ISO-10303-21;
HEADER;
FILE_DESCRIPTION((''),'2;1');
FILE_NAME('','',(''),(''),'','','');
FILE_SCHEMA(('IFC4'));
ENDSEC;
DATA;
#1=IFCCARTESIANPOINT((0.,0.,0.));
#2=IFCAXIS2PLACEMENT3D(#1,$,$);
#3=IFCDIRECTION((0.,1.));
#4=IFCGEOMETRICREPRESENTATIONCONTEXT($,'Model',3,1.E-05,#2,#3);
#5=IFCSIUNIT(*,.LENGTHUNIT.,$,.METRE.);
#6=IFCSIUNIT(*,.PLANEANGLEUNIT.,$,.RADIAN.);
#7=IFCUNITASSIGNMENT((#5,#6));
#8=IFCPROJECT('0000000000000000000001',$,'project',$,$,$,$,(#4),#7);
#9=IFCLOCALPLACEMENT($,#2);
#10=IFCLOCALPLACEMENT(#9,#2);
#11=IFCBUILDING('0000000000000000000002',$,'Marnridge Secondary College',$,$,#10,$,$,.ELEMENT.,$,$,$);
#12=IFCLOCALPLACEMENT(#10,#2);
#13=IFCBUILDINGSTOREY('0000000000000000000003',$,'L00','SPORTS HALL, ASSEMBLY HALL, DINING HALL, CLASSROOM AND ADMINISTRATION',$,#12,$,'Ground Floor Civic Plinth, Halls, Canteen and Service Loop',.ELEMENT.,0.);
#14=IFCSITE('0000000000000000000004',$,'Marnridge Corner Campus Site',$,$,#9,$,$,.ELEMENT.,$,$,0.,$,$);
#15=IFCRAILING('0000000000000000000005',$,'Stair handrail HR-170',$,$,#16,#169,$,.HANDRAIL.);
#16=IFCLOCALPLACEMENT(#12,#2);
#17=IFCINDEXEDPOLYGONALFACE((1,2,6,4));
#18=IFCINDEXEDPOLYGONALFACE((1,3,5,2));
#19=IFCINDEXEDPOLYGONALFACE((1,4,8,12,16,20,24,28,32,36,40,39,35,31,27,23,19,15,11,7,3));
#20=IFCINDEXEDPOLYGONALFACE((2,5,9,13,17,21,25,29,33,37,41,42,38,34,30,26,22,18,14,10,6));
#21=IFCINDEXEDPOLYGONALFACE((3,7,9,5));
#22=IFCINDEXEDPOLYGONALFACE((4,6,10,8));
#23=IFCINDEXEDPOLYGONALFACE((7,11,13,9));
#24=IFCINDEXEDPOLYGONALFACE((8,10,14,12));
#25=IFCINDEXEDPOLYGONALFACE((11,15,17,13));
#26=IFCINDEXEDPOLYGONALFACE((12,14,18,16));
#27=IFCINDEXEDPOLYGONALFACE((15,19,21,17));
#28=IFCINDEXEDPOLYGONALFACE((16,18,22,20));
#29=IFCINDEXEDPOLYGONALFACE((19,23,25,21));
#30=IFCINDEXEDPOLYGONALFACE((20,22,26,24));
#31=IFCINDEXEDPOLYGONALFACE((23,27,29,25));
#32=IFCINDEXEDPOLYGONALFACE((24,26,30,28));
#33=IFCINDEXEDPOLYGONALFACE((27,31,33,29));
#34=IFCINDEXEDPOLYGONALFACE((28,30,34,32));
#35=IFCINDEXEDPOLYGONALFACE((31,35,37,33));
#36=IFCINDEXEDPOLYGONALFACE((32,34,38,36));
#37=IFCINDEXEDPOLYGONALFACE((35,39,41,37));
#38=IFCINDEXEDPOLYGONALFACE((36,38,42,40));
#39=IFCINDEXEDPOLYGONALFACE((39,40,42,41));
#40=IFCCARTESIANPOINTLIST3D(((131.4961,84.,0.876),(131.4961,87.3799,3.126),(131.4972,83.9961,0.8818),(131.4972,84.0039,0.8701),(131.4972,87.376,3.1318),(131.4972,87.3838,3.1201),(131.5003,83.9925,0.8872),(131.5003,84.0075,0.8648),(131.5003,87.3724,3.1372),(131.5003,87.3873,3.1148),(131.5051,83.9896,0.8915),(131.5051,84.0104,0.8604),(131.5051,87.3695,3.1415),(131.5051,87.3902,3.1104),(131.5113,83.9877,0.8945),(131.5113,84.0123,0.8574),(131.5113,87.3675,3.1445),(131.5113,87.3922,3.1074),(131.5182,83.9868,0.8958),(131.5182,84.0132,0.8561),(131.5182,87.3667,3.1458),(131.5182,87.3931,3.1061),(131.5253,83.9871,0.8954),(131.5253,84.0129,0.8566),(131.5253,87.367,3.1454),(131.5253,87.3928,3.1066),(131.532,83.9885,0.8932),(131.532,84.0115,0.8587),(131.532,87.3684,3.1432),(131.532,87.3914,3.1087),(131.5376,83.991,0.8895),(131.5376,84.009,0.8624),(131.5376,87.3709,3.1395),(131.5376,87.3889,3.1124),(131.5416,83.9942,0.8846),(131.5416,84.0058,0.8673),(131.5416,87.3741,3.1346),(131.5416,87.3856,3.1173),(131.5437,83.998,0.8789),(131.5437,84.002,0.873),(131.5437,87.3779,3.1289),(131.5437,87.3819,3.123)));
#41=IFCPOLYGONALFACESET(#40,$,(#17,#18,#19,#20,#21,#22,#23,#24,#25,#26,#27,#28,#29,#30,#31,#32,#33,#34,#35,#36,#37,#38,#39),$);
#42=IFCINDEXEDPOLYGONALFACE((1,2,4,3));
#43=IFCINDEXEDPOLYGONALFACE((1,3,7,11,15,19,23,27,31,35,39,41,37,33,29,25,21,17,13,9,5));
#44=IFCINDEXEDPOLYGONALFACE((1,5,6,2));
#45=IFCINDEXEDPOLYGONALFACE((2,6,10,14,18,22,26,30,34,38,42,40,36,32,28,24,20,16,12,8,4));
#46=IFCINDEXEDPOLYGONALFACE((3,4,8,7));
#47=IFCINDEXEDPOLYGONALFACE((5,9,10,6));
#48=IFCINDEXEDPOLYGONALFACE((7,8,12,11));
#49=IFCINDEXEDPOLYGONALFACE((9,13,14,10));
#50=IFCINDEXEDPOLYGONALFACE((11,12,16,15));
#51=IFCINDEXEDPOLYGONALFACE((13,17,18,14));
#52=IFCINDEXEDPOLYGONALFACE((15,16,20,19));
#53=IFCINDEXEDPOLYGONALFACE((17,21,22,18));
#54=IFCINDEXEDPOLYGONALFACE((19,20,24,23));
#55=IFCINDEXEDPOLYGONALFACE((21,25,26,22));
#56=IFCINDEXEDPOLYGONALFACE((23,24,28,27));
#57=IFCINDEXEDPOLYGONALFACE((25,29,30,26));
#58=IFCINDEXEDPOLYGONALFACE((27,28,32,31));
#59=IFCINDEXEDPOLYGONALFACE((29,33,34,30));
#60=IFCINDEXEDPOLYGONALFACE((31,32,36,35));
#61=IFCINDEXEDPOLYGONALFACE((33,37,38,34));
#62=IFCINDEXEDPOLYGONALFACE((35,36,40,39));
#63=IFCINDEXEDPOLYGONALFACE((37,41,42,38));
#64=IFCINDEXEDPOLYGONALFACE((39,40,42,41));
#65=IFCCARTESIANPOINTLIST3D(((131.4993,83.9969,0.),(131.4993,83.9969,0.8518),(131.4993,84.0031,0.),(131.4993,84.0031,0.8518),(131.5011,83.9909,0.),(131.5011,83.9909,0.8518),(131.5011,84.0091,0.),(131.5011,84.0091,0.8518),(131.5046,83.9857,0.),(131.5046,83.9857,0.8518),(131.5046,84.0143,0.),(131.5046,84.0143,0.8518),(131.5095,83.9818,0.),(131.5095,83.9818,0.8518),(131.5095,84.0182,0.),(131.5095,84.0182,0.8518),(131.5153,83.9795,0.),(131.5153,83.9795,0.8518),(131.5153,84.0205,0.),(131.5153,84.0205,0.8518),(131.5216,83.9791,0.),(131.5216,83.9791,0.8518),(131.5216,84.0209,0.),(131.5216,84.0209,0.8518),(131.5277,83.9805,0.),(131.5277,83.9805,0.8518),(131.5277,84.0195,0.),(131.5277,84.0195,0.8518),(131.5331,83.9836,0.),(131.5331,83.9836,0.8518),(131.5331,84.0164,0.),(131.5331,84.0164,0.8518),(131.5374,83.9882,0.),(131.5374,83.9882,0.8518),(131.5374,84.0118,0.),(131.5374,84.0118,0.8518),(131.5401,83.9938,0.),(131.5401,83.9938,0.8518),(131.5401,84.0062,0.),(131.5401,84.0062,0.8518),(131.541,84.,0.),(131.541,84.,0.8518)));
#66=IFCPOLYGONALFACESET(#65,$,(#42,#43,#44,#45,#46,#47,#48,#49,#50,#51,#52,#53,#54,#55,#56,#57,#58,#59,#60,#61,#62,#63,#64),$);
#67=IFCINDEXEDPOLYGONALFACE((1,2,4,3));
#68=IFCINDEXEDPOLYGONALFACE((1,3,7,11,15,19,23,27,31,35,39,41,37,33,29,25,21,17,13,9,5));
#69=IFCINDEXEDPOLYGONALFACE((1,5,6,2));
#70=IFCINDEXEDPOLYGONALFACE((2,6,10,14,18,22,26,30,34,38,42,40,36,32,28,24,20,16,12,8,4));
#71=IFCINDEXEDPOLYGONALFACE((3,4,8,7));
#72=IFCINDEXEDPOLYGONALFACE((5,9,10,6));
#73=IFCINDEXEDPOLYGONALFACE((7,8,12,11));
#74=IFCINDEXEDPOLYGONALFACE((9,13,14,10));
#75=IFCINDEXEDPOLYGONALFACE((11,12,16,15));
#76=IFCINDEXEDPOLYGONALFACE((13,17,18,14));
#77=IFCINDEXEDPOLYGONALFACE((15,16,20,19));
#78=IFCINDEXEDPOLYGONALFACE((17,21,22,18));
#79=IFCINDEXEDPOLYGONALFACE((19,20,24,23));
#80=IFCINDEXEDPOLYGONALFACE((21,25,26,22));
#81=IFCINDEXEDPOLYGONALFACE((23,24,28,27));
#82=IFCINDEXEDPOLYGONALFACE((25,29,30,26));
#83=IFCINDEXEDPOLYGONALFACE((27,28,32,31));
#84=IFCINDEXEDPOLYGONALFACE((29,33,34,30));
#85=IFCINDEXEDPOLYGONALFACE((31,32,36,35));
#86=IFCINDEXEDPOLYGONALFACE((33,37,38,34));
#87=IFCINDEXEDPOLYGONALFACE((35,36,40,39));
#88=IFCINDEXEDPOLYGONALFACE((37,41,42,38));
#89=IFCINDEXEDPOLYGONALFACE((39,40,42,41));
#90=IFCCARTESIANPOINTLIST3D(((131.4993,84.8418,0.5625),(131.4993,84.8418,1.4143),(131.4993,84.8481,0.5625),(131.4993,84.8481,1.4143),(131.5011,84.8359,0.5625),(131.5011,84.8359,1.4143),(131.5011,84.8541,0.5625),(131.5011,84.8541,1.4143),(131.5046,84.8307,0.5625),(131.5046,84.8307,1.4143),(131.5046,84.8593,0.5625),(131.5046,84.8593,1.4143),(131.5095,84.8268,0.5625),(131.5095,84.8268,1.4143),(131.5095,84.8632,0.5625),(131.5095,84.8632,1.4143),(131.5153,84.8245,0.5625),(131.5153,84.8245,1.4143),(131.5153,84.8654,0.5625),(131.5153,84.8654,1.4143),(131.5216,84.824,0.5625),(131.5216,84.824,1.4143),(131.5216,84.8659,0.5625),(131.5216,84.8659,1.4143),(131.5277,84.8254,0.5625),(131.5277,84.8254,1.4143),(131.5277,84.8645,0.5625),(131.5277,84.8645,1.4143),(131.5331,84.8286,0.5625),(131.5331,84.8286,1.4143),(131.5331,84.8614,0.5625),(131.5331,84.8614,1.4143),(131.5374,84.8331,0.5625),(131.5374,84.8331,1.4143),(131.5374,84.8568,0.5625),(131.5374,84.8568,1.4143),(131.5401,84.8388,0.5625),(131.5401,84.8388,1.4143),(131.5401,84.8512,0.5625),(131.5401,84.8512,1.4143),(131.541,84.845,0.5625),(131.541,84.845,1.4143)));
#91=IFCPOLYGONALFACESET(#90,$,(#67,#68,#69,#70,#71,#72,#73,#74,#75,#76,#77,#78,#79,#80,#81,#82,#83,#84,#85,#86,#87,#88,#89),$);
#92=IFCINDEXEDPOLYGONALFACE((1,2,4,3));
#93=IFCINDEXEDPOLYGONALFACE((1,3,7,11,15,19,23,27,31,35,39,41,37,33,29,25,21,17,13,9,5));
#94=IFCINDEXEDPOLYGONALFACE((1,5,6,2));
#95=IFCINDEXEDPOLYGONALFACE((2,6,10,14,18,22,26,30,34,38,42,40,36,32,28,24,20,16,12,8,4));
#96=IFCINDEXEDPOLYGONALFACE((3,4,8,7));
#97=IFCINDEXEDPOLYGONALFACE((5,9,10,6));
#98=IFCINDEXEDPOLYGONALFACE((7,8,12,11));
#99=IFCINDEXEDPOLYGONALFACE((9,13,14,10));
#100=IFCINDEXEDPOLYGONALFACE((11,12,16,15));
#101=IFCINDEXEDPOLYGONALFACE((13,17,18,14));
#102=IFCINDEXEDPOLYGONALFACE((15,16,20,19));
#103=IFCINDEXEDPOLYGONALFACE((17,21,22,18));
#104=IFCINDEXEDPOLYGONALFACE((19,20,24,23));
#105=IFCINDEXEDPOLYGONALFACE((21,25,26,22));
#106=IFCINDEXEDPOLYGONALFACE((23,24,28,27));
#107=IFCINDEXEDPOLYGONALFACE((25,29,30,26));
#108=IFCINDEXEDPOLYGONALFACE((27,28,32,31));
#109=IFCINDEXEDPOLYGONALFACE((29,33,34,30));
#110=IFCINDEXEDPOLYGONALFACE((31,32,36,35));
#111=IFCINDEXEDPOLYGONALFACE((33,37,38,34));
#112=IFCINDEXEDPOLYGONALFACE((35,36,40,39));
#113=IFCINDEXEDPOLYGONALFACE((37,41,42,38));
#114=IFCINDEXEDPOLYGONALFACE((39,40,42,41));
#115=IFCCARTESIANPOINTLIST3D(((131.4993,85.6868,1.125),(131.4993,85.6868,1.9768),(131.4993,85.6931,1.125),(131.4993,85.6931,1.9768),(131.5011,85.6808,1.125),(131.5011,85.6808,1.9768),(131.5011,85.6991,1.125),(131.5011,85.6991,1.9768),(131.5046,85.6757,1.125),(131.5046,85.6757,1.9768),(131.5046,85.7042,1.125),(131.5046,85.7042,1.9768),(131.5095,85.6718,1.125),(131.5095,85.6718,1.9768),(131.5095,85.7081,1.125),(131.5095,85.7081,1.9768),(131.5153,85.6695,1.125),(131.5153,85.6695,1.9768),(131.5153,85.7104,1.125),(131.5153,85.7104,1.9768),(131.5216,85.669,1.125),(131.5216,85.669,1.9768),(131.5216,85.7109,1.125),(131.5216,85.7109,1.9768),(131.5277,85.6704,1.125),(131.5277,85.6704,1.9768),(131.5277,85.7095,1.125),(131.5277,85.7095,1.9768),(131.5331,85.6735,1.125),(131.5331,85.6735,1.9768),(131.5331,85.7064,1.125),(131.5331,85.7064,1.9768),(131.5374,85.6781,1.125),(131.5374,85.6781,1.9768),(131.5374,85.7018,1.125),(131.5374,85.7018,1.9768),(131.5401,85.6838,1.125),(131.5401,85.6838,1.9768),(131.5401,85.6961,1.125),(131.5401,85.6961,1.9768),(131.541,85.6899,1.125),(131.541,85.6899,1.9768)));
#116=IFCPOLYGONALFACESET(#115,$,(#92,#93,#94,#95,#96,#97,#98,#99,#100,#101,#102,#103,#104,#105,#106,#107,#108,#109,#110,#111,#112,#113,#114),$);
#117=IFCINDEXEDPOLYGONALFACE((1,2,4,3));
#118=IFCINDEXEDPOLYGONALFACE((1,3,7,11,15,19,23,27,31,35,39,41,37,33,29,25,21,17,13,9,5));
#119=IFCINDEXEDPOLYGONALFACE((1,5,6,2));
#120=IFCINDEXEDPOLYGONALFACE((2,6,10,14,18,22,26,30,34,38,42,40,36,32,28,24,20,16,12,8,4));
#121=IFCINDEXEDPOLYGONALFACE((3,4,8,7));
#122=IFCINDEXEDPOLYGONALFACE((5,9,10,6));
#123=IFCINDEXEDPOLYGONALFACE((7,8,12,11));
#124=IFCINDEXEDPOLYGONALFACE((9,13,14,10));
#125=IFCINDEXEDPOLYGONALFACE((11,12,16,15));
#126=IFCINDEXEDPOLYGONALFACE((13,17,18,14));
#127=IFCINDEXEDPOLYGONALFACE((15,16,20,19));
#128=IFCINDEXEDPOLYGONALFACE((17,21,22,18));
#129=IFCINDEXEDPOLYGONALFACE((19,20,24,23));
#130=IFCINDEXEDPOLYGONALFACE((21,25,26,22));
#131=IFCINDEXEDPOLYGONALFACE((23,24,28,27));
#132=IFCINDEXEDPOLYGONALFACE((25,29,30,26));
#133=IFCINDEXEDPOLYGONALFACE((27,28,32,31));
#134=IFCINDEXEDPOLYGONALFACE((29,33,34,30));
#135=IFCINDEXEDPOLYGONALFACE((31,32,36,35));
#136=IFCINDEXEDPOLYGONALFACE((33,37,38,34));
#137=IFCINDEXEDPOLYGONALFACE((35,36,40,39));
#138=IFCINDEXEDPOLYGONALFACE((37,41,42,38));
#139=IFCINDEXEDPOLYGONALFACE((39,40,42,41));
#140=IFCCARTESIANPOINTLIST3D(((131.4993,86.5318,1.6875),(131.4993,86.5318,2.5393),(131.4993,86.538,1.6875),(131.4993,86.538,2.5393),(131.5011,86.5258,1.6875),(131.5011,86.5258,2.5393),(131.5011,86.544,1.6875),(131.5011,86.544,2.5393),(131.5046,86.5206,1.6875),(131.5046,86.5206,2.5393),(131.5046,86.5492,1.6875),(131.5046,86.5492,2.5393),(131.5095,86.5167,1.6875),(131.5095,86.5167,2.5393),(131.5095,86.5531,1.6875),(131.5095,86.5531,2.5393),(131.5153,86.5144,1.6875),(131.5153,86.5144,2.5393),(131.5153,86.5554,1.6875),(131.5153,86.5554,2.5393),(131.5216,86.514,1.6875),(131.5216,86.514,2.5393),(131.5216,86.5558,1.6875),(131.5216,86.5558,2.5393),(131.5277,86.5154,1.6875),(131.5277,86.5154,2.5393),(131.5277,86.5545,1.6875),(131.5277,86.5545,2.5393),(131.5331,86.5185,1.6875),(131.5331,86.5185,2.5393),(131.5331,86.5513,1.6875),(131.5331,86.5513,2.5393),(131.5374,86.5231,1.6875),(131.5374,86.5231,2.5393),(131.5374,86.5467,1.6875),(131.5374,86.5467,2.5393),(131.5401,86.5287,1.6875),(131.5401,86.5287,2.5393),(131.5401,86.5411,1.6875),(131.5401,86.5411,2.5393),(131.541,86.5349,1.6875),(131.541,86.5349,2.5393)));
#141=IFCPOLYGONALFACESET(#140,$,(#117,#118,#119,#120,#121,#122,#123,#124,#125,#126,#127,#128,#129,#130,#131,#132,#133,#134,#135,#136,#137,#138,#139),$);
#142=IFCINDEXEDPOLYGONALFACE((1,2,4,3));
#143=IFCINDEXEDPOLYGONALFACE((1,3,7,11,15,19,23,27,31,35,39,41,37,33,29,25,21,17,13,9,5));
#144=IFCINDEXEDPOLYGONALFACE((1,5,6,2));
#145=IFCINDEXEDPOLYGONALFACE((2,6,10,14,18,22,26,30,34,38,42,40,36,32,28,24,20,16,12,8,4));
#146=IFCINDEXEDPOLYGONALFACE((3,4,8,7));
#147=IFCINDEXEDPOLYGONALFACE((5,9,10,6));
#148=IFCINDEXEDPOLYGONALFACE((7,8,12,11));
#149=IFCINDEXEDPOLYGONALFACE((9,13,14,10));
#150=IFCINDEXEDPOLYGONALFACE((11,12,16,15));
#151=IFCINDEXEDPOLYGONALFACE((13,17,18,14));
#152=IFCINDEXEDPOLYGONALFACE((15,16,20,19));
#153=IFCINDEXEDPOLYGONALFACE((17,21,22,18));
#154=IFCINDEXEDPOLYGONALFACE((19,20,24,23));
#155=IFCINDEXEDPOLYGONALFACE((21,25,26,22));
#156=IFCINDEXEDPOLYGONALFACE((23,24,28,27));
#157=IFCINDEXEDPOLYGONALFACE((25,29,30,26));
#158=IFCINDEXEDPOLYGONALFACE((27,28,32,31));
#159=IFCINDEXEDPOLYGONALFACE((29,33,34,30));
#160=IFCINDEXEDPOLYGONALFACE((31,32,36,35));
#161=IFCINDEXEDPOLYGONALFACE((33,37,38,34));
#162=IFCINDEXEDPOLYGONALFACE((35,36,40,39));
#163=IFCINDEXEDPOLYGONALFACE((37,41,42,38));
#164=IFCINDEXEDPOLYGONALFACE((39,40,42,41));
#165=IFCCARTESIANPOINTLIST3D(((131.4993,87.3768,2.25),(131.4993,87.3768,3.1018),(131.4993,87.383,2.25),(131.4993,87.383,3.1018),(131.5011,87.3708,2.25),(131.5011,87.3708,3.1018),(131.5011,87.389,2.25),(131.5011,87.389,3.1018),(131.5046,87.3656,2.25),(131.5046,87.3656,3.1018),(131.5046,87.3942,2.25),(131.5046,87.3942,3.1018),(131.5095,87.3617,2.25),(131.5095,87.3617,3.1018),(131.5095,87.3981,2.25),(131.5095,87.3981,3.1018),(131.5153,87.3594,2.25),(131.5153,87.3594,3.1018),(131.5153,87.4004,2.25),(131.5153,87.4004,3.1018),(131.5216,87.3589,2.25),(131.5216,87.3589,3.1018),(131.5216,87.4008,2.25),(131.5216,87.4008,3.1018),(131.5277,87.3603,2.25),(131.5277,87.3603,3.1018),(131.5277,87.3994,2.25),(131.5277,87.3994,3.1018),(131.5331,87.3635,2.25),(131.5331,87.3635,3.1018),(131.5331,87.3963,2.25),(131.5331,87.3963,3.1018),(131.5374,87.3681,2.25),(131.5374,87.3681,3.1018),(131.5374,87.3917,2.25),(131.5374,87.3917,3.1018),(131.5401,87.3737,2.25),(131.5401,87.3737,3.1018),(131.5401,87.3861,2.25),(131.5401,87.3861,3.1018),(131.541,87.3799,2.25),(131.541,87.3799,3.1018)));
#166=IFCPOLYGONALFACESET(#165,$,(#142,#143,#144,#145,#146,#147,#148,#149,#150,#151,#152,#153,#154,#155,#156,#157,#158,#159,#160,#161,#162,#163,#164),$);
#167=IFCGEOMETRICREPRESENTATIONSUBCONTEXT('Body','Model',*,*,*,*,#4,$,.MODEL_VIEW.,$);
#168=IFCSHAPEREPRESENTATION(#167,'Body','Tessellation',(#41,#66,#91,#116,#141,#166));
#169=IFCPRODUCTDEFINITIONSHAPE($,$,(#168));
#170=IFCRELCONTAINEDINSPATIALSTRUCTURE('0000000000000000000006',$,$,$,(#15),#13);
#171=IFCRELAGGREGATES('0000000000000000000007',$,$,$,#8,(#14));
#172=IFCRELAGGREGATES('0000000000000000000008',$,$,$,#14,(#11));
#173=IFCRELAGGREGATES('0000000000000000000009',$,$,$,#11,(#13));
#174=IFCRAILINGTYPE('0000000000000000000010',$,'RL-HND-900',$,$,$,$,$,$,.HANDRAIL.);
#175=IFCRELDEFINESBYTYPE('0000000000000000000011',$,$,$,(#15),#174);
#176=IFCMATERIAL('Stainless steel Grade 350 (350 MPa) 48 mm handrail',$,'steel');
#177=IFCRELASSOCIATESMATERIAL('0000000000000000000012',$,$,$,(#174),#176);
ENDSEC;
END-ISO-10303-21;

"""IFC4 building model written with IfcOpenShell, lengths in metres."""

from ifc_helpers import new_model, si_unit, direction, frame, origin, origin_2d, place, context, subcontext, project, spatial, circle, extrude, material, type_object, element, save


model = new_model("IFC4")

# Units and contexts
model_context = context("Model", 3, precision=1e-05, world=origin(), true_north=direction((0.0, 1.0)))
body_context = subcontext(model_context, "Body", "Model", "MODEL_VIEW")
ifc_project = project(units=[si_unit("LENGTHUNIT", "METRE"), si_unit("PLANEANGLEUNIT", "RADIAN")], contexts=[model_context])

# Site, building, storey
site_placement = place(None, origin())
site = spatial("IfcSite", under=ifc_project, at=site_placement, Name="Marnridge Corner Campus Site", CompositionType="ELEMENT", RefElevation=0.0)
building_placement = place(site_placement, origin())
building = spatial("IfcBuilding", under=site, at=building_placement, Name="Marnridge Secondary College", CompositionType="ELEMENT")
storey_placement = place(building_placement, origin())
storey = spatial("IfcBuildingStorey", under=building, at=storey_placement, Name="L00", Description="SPORTS HALL, ASSEMBLY HALL, DINING HALL, CLASSROOM AND ADMINISTRATION", LongName="Ground Floor Civic Plinth, Halls, Canteen and Service Loop", CompositionType="ELEMENT", Elevation=0.0)

# Railing
ifc_material_1 = material(Name="Stainless steel Grade 350 (350 MPa) 48 mm handrail", Category="steel")
railing_type = type_object("IfcRailingType", Name="RL-HND-900", PredefinedType="HANDRAIL", material=ifc_material_1)
railing_placement = place(storey_placement, frame((131.52, 84.0, 0.0)))
element("IfcRailing", 1, at=railing_placement, inside=storey, type_object=railing_type, Name="Stair handrail HR-170", PredefinedType="HANDRAIL", context=body_context, shape_type="SweptSolid", body=[
    extrude(circle(Radius=0.0239, at=origin_2d()), frame((0.0, 0.0, 0.876), z_axis=(0.0, 0.83242, 0.554145), x_axis=(-1.0, 0.0, 0.0)), (0.0, 0.0, 1.0), 4.0603),
    extrude(circle(Radius=0.021, at=origin_2d()), origin(), (0.0, 0.0, 1.0), 0.8518),
    extrude(circle(Radius=0.021, at=origin_2d()), frame((0.0, 0.845, 0.5625)), (0.0, 0.0, 1.0), 0.8518),
    extrude(circle(Radius=0.021, at=origin_2d()), frame((0.0, 1.6899, 1.125)), (0.0, 0.0, 1.0), 0.8518),
    extrude(circle(Radius=0.021, at=origin_2d()), frame((0.0, 2.5349, 1.6875)), (0.0, 0.0, 1.0), 0.8518),
    extrude(circle(Radius=0.021, at=origin_2d()), frame((0.0, 3.3799, 2.25)), (0.0, 0.0, 1.0), 0.8518),
])

save(model, "model.ifc")
